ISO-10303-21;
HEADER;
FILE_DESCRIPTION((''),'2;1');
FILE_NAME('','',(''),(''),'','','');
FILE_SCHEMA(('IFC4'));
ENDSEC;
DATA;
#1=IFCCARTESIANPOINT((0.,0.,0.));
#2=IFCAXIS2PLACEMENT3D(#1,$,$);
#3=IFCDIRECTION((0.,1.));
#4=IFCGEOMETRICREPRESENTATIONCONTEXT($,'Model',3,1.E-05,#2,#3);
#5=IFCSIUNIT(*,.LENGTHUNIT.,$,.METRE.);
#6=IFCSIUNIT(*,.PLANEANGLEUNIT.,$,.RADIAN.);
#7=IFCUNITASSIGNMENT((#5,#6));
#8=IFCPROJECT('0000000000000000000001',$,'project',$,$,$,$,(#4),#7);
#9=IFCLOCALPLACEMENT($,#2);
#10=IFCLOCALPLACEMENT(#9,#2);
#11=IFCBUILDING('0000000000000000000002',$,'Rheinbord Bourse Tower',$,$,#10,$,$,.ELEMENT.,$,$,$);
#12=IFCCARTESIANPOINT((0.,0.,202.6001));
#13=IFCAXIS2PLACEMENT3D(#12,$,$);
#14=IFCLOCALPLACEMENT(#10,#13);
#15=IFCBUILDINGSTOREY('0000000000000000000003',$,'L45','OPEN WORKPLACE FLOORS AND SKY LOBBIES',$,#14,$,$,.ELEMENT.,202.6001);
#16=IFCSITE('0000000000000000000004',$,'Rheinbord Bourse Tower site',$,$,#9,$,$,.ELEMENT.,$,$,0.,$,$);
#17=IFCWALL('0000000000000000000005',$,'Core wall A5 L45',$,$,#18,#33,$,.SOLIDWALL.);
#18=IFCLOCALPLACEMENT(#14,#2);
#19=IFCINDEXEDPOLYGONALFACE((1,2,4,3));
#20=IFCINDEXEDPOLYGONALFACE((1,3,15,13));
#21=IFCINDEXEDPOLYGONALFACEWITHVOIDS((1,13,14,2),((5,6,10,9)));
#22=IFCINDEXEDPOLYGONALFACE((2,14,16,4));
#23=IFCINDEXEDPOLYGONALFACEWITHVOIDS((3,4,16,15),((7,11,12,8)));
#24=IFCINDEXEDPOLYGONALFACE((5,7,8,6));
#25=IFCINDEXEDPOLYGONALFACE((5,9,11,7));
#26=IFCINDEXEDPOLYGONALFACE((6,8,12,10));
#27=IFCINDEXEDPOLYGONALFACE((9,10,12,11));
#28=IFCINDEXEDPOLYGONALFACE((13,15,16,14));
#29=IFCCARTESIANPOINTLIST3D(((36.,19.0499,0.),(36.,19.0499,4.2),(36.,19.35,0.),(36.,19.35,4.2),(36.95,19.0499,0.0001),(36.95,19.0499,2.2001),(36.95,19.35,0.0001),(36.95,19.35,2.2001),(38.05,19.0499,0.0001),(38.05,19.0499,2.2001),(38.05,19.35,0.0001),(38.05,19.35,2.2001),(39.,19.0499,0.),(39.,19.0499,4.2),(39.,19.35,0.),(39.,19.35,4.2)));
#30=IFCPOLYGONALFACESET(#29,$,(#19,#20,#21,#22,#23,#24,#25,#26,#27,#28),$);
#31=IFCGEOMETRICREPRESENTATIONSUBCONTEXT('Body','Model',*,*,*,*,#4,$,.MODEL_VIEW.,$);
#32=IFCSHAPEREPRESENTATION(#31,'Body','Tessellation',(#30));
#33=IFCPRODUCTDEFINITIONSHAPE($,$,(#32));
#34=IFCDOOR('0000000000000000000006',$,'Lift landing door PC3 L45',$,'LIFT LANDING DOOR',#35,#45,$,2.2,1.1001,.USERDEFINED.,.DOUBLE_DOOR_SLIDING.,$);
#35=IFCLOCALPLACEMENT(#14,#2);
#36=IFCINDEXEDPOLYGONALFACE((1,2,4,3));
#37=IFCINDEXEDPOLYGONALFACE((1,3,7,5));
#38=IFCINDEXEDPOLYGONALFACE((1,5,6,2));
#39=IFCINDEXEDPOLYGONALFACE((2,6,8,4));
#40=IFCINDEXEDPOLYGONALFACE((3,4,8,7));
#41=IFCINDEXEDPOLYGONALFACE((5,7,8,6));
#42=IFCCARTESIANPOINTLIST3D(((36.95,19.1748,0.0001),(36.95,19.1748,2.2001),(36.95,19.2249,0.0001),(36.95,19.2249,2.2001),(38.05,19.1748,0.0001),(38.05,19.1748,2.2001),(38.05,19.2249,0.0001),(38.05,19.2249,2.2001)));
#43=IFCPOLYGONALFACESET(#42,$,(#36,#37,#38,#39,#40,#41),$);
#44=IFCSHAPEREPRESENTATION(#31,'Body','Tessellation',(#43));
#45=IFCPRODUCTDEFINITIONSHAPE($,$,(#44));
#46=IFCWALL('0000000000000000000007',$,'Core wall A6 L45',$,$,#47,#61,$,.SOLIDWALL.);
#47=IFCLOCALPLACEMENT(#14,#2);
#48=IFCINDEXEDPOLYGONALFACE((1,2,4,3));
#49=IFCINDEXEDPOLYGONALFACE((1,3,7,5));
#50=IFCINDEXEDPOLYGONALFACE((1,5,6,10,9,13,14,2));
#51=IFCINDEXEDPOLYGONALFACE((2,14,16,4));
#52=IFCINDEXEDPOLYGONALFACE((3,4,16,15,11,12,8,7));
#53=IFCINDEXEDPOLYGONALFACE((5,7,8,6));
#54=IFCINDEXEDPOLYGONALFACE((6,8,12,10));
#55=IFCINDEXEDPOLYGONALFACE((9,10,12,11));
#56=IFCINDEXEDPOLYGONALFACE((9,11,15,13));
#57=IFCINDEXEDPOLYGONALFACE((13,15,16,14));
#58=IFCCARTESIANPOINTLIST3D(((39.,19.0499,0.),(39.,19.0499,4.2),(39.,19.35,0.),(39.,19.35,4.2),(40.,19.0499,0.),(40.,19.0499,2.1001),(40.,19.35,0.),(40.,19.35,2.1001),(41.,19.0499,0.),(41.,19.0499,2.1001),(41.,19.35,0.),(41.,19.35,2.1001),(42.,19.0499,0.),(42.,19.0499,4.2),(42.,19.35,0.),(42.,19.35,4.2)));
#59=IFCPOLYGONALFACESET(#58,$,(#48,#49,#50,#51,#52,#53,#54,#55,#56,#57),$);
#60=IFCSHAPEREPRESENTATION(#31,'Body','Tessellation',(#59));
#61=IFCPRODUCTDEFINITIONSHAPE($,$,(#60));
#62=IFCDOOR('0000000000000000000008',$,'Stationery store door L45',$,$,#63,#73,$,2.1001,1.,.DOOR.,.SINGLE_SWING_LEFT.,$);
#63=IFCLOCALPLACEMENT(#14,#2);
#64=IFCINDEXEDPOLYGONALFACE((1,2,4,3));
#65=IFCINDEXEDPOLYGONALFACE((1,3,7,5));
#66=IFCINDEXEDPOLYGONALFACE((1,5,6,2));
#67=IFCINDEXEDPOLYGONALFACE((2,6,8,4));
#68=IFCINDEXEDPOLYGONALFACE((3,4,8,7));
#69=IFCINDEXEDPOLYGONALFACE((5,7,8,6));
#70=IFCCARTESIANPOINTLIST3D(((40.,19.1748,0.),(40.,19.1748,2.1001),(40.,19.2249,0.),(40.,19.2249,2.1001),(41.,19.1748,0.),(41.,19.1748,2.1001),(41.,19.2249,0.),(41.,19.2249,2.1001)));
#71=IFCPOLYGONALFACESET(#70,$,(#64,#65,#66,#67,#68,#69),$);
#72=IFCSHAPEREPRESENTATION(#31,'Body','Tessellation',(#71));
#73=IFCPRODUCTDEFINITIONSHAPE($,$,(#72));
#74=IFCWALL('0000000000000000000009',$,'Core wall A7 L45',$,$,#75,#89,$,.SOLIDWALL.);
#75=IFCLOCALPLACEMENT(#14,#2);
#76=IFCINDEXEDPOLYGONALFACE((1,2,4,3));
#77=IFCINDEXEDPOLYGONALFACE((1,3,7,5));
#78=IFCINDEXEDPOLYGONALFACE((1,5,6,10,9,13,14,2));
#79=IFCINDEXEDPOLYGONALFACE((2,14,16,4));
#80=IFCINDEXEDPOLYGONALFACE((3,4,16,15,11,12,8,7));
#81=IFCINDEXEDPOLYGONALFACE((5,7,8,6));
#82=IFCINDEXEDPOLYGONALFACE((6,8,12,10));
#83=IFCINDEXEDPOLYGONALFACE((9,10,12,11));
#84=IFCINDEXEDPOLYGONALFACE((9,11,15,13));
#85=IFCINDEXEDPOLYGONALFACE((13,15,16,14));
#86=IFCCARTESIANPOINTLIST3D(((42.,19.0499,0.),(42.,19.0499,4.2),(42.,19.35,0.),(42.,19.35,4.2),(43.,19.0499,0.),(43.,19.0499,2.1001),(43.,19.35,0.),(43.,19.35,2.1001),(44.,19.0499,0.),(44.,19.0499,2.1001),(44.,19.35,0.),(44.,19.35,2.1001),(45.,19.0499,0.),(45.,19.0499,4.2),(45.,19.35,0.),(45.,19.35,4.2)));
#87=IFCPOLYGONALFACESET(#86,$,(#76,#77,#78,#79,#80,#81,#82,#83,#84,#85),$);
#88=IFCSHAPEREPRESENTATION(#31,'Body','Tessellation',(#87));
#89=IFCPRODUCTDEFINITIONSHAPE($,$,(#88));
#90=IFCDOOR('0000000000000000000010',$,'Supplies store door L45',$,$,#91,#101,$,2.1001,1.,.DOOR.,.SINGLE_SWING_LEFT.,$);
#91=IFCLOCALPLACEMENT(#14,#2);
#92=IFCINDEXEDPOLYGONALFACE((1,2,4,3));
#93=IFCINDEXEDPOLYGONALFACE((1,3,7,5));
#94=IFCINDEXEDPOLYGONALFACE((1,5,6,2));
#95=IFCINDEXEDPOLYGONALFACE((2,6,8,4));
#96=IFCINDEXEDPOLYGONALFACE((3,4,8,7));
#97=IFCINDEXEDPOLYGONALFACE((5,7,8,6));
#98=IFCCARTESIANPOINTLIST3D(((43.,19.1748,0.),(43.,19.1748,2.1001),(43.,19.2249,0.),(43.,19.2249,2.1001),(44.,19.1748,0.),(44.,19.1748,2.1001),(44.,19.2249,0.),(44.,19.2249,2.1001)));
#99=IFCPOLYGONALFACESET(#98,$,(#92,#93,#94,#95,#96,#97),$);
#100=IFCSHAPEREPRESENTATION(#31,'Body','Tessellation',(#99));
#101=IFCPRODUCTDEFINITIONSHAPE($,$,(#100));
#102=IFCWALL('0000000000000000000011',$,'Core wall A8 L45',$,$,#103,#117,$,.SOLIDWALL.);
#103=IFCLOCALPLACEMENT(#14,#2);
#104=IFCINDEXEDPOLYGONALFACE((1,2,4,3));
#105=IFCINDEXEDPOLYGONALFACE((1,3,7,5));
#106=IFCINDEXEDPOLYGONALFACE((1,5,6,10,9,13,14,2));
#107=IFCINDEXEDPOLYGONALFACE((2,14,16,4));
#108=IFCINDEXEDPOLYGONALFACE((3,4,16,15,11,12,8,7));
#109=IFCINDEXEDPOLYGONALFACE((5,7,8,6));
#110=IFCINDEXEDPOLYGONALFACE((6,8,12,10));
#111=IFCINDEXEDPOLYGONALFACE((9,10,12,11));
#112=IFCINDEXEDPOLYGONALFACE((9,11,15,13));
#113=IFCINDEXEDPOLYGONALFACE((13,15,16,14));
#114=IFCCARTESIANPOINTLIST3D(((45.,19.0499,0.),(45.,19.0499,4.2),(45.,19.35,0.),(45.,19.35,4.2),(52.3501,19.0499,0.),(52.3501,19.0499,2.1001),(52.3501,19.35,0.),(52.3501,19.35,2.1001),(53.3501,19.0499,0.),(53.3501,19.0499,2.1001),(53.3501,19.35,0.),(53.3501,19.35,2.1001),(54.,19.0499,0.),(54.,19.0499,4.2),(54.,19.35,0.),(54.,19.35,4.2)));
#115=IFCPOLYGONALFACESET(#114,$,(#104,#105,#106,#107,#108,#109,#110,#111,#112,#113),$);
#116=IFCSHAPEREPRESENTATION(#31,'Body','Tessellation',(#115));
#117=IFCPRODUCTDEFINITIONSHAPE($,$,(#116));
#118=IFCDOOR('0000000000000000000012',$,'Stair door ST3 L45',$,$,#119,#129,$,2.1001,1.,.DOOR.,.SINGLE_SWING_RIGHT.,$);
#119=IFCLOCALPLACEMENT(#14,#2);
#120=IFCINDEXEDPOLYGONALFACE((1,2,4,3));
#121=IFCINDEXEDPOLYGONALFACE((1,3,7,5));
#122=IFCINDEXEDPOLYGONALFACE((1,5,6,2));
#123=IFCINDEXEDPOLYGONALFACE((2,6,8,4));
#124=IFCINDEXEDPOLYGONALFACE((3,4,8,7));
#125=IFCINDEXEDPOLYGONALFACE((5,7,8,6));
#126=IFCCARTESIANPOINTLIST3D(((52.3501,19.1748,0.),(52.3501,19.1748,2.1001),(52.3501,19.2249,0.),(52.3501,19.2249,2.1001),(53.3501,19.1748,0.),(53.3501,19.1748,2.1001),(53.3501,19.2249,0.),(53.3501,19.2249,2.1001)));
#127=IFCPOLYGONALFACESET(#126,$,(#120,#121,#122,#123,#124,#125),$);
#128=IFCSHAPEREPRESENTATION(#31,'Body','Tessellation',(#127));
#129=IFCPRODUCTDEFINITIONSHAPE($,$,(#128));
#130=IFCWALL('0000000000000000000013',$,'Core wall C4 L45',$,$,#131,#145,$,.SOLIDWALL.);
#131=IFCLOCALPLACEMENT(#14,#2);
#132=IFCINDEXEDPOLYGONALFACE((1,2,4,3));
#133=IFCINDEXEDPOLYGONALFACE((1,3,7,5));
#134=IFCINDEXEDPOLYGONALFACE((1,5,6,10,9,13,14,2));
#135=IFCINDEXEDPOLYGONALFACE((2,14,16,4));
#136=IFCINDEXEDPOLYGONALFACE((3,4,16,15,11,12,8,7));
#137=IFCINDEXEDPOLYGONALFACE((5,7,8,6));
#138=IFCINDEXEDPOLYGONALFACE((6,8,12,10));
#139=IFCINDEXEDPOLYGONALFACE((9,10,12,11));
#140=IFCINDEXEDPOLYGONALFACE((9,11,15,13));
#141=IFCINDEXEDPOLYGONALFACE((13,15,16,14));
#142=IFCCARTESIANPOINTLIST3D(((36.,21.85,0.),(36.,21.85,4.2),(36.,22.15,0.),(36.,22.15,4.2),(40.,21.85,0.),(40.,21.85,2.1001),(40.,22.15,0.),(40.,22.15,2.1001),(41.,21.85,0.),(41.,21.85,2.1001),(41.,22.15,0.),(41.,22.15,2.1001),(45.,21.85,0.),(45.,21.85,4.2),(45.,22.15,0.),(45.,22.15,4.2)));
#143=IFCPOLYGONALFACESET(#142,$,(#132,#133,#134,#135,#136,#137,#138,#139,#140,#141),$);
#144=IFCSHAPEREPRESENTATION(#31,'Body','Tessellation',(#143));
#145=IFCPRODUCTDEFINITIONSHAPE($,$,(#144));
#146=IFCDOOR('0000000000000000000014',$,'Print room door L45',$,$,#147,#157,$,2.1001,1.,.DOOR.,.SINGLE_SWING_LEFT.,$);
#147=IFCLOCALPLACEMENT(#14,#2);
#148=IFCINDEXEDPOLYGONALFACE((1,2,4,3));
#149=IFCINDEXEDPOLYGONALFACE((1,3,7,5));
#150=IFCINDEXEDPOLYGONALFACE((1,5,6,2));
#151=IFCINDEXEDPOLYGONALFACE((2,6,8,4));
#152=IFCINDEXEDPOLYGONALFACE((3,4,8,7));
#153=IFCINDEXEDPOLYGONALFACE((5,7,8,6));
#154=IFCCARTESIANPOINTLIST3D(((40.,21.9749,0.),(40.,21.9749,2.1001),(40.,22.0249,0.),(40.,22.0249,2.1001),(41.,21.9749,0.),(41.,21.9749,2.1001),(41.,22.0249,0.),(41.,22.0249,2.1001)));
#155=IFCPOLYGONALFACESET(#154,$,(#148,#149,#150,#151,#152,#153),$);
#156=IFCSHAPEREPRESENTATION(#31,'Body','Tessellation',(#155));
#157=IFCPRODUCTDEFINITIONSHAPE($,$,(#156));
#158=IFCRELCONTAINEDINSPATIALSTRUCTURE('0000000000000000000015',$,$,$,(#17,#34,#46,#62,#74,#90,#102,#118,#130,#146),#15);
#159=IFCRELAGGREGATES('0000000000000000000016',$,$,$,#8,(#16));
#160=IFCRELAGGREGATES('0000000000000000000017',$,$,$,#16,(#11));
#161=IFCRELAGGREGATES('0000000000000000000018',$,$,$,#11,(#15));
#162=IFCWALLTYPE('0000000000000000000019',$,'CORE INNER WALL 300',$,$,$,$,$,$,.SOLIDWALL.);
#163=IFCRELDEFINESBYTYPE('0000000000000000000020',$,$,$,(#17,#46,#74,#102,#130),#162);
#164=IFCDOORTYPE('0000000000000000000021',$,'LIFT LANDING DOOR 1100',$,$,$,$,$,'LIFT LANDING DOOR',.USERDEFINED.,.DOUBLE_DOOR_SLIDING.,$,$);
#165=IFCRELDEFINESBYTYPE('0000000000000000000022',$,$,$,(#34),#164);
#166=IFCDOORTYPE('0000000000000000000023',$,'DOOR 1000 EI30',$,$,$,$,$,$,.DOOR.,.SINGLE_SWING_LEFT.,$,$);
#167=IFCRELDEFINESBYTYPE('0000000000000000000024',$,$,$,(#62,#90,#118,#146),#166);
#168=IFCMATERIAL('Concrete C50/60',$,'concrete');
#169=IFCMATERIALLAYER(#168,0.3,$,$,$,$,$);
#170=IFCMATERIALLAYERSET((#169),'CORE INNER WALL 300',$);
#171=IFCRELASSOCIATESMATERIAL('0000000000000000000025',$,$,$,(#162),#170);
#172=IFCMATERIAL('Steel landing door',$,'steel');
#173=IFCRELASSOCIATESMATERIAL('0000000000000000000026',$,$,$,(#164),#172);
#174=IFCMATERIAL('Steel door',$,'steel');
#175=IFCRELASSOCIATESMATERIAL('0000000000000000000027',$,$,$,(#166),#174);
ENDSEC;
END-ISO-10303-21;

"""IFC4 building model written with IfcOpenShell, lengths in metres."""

from ifc_helpers import new_model, si_unit, direction, frame, frame_2d, origin, place, context, subcontext, project, spatial, rectangle, extrude, material, layer, layer_set, type_object, element, fill, save


model = new_model("IFC4")

# Units and contexts
model_context = context("Model", 3, precision=1e-05, world=origin(), true_north=direction((0.0, 1.0)))
body_context = subcontext(model_context, "Body", "Model", "MODEL_VIEW")
ifc_project = project(units=[si_unit("LENGTHUNIT", "METRE"), si_unit("PLANEANGLEUNIT", "RADIAN")], contexts=[model_context])

# Site, building, storey
site_placement = place(None, origin())
site = spatial("IfcSite", under=ifc_project, at=site_placement, Name="Rheinbord Bourse Tower site", CompositionType="ELEMENT", RefElevation=0.0)
building_placement = place(site_placement, origin())
building = spatial("IfcBuilding", under=site, at=building_placement, Name="Rheinbord Bourse Tower", CompositionType="ELEMENT")
storey_placement = place(building_placement, frame((0.0, 0.0, 202.6001)))
storey = spatial("IfcBuildingStorey", under=building, at=storey_placement, Name="L45", Description="OPEN WORKPLACE FLOORS AND SKY LOBBIES", CompositionType="ELEMENT", Elevation=202.6001)

# Walls, openings, doors
ifc_material_1 = material(Name="Concrete C50/60", Category="concrete")
ifc_layer_1 = layer(ifc_material_1, 0.3)
ifc_layer_set_1 = layer_set([ifc_layer_1], Name="CORE INNER WALL 300")
wall_type_1 = type_object("IfcWallType", Name="CORE INNER WALL 300", PredefinedType="SOLIDWALL", material=ifc_layer_set_1)
wall_1_placement = place(storey_placement, frame((36.0, 19.2, 0.0), z_axis=(0.0, 0.0, 1.0), x_axis=(1.0, 0.0, 0.0)))
wall_1 = element("IfcWall", 1, at=wall_1_placement, inside=storey, type_object=wall_type_1, Name="Core wall A5 L45", PredefinedType="SOLIDWALL", context=body_context, shape_type="SweptSolid", body=[
    extrude(rectangle(XDim=3.0, YDim=0.3, at=frame_2d((1.5, 0.0))), origin(), (0.0, 0.0, 1.0), 4.2),
])
opening_1_placement = place(wall_1_placement, frame((0.95, 0.0, 0.0)))
opening_1 = element("IfcOpeningElement", 2, at=opening_1_placement, cuts=wall_1, PredefinedType="OPENING", context=body_context, shape_type="SweptSolid", body=[
    extrude(rectangle(XDim=1.1001, YDim=2.2, at=frame_2d((0.55, 1.1001))), frame((0.0, 0.1599, 0.0), z_axis=(0.0, -1.0, 0.0), x_axis=(1.0, 0.0, 0.0)), (0.0, 0.0, 1.0), 0.3201),
])
ifc_material_2 = material(Name="Steel landing door", Category="steel")
door_type_1 = type_object("IfcDoorType", Name="LIFT LANDING DOOR 1100", ElementType="LIFT LANDING DOOR", OperationType="DOUBLE_DOOR_SLIDING", PredefinedType="USERDEFINED", material=ifc_material_2)
door_1_placement = place(opening_1_placement, origin())
door_1 = element("IfcDoor", 3, at=door_1_placement, inside=storey, type_object=door_type_1, Name="Lift landing door PC3 L45", ObjectType="LIFT LANDING DOOR", OperationType="DOUBLE_DOOR_SLIDING", OverallHeight=2.2, OverallWidth=1.1001, PredefinedType="USERDEFINED", context=body_context, shape_type="SweptSolid", body=[
    extrude(rectangle(XDim=1.1001, YDim=2.2, at=frame_2d((0.55, 1.1001))), frame((0.0, 0.0249, 0.0), z_axis=(0.0, -1.0, 0.0), x_axis=(1.0, 0.0, 0.0)), (0.0, 0.0, 1.0), 0.05),
])
fill(opening_1, door_1)
wall_2_placement = place(storey_placement, frame((39.0, 19.2, 0.0), z_axis=(0.0, 0.0, 1.0), x_axis=(1.0, 0.0, 0.0)))
wall_2 = element("IfcWall", 4, at=wall_2_placement, inside=storey, type_object=wall_type_1, Name="Core wall A6 L45", PredefinedType="SOLIDWALL", context=body_context, shape_type="SweptSolid", body=[
    extrude(rectangle(XDim=3.0, YDim=0.3, at=frame_2d((1.5, 0.0))), origin(), (0.0, 0.0, 1.0), 4.2),
])
opening_2_placement = place(wall_2_placement, frame((1.0, 0.0, 0.0)))
opening_2 = element("IfcOpeningElement", 5, at=opening_2_placement, cuts=wall_2, PredefinedType="OPENING", context=body_context, shape_type="SweptSolid", body=[
    extrude(rectangle(XDim=1.0, YDim=2.1001, at=frame_2d((0.5, 1.05))), frame((0.0, 0.1599, 0.0), z_axis=(0.0, -1.0, 0.0), x_axis=(1.0, 0.0, 0.0)), (0.0, 0.0, 1.0), 0.3201),
])
ifc_material_3 = material(Name="Steel door", Category="steel")
door_type_2 = type_object("IfcDoorType", Name="DOOR 1000 EI30", OperationType="SINGLE_SWING_LEFT", PredefinedType="DOOR", material=ifc_material_3)
door_2_placement = place(opening_2_placement, origin())
door_2 = element("IfcDoor", 6, at=door_2_placement, inside=storey, type_object=door_type_2, Name="Stationery store door L45", OperationType="SINGLE_SWING_LEFT", OverallHeight=2.1001, OverallWidth=1.0, PredefinedType="DOOR", context=body_context, shape_type="SweptSolid", body=[
    extrude(rectangle(XDim=1.0, YDim=2.1001, at=frame_2d((0.5, 1.05))), frame((0.0, 0.0249, 0.0), z_axis=(0.0, -1.0, 0.0), x_axis=(1.0, 0.0, 0.0)), (0.0, 0.0, 1.0), 0.05),
])
fill(opening_2, door_2)
wall_3_placement = place(storey_placement, frame((42.0, 19.2, 0.0), z_axis=(0.0, 0.0, 1.0), x_axis=(1.0, 0.0, 0.0)))
wall_3 = element("IfcWall", 7, at=wall_3_placement, inside=storey, type_object=wall_type_1, Name="Core wall A7 L45", PredefinedType="SOLIDWALL", context=body_context, shape_type="SweptSolid", body=[
    extrude(rectangle(XDim=3.0, YDim=0.3, at=frame_2d((1.5, 0.0))), origin(), (0.0, 0.0, 1.0), 4.2),
])
opening_3_placement = place(wall_3_placement, frame((1.0, 0.0, 0.0)))
opening_3 = element("IfcOpeningElement", 8, at=opening_3_placement, cuts=wall_3, PredefinedType="OPENING", context=body_context, shape_type="SweptSolid", body=[
    extrude(rectangle(XDim=1.0, YDim=2.1001, at=frame_2d((0.5, 1.05))), frame((0.0, 0.1599, 0.0), z_axis=(0.0, -1.0, 0.0), x_axis=(1.0, 0.0, 0.0)), (0.0, 0.0, 1.0), 0.3201),
])
door_3_placement = place(opening_3_placement, origin())
door_3 = element("IfcDoor", 9, at=door_3_placement, inside=storey, type_object=door_type_2, Name="Supplies store door L45", OperationType="SINGLE_SWING_LEFT", OverallHeight=2.1001, OverallWidth=1.0, PredefinedType="DOOR", context=body_context, shape_type="SweptSolid", body=[
    extrude(rectangle(XDim=1.0, YDim=2.1001, at=frame_2d((0.5, 1.05))), frame((0.0, 0.0249, 0.0), z_axis=(0.0, -1.0, 0.0), x_axis=(1.0, 0.0, 0.0)), (0.0, 0.0, 1.0), 0.05),
])
fill(opening_3, door_3)
wall_4_placement = place(storey_placement, frame((45.0, 19.2, 0.0), z_axis=(0.0, 0.0, 1.0), x_axis=(1.0, 0.0, 0.0)))
wall_4 = element("IfcWall", 10, at=wall_4_placement, inside=storey, type_object=wall_type_1, Name="Core wall A8 L45", PredefinedType="SOLIDWALL", context=body_context, shape_type="SweptSolid", body=[
    extrude(rectangle(XDim=9.0, YDim=0.3, at=frame_2d((4.5, 0.0))), origin(), (0.0, 0.0, 1.0), 4.2),
])
opening_4_placement = place(wall_4_placement, frame((7.3501, 0.0, 0.0)))
opening_4 = element("IfcOpeningElement", 11, at=opening_4_placement, cuts=wall_4, PredefinedType="OPENING", context=body_context, shape_type="SweptSolid", body=[
    extrude(rectangle(XDim=1.0, YDim=2.1001, at=frame_2d((0.5, 1.05))), frame((0.0, 0.1599, 0.0), z_axis=(0.0, -1.0, 0.0), x_axis=(1.0, 0.0, 0.0)), (0.0, 0.0, 1.0), 0.3201),
])
door_4_placement = place(opening_4_placement, origin())
door_4 = element("IfcDoor", 12, at=door_4_placement, inside=storey, type_object=door_type_2, Name="Stair door ST3 L45", OperationType="SINGLE_SWING_RIGHT", OverallHeight=2.1001, OverallWidth=1.0, PredefinedType="DOOR", context=body_context, shape_type="SweptSolid", body=[
    extrude(rectangle(XDim=1.0, YDim=2.1001, at=frame_2d((0.5, 1.05))), frame((0.0, 0.0249, 0.0), z_axis=(0.0, -1.0, 0.0), x_axis=(1.0, 0.0, 0.0)), (0.0, 0.0, 1.0), 0.05),
])
fill(opening_4, door_4)
wall_5_placement = place(storey_placement, frame((36.0, 22.0, 0.0), z_axis=(0.0, 0.0, 1.0), x_axis=(1.0, 0.0, 0.0)))
wall_5 = element("IfcWall", 13, at=wall_5_placement, inside=storey, type_object=wall_type_1, Name="Core wall C4 L45", PredefinedType="SOLIDWALL", context=body_context, shape_type="SweptSolid", body=[
    extrude(rectangle(XDim=9.0, YDim=0.3, at=frame_2d((4.5, 0.0))), origin(), (0.0, 0.0, 1.0), 4.2),
])
opening_5_placement = place(wall_5_placement, frame((4.0, 0.0, 0.0)))
opening_5 = element("IfcOpeningElement", 14, at=opening_5_placement, cuts=wall_5, PredefinedType="OPENING", context=body_context, shape_type="SweptSolid", body=[
    extrude(rectangle(XDim=1.0, YDim=2.1001, at=frame_2d((0.5, 1.05))), frame((0.0, 0.1599, 0.0), z_axis=(0.0, -1.0, 0.0), x_axis=(1.0, 0.0, 0.0)), (0.0, 0.0, 1.0), 0.3201),
])
door_5_placement = place(opening_5_placement, origin())
door_5 = element("IfcDoor", 15, at=door_5_placement, inside=storey, type_object=door_type_2, Name="Print room door L45", OperationType="SINGLE_SWING_LEFT", OverallHeight=2.1001, OverallWidth=1.0, PredefinedType="DOOR", context=body_context, shape_type="SweptSolid", body=[
    extrude(rectangle(XDim=1.0, YDim=2.1001, at=frame_2d((0.5, 1.05))), frame((0.0, 0.0249, 0.0), z_axis=(0.0, -1.0, 0.0), x_axis=(1.0, 0.0, 0.0)), (0.0, 0.0, 1.0), 0.05),
])
fill(opening_5, door_5)

save(model, "model.ifc")
